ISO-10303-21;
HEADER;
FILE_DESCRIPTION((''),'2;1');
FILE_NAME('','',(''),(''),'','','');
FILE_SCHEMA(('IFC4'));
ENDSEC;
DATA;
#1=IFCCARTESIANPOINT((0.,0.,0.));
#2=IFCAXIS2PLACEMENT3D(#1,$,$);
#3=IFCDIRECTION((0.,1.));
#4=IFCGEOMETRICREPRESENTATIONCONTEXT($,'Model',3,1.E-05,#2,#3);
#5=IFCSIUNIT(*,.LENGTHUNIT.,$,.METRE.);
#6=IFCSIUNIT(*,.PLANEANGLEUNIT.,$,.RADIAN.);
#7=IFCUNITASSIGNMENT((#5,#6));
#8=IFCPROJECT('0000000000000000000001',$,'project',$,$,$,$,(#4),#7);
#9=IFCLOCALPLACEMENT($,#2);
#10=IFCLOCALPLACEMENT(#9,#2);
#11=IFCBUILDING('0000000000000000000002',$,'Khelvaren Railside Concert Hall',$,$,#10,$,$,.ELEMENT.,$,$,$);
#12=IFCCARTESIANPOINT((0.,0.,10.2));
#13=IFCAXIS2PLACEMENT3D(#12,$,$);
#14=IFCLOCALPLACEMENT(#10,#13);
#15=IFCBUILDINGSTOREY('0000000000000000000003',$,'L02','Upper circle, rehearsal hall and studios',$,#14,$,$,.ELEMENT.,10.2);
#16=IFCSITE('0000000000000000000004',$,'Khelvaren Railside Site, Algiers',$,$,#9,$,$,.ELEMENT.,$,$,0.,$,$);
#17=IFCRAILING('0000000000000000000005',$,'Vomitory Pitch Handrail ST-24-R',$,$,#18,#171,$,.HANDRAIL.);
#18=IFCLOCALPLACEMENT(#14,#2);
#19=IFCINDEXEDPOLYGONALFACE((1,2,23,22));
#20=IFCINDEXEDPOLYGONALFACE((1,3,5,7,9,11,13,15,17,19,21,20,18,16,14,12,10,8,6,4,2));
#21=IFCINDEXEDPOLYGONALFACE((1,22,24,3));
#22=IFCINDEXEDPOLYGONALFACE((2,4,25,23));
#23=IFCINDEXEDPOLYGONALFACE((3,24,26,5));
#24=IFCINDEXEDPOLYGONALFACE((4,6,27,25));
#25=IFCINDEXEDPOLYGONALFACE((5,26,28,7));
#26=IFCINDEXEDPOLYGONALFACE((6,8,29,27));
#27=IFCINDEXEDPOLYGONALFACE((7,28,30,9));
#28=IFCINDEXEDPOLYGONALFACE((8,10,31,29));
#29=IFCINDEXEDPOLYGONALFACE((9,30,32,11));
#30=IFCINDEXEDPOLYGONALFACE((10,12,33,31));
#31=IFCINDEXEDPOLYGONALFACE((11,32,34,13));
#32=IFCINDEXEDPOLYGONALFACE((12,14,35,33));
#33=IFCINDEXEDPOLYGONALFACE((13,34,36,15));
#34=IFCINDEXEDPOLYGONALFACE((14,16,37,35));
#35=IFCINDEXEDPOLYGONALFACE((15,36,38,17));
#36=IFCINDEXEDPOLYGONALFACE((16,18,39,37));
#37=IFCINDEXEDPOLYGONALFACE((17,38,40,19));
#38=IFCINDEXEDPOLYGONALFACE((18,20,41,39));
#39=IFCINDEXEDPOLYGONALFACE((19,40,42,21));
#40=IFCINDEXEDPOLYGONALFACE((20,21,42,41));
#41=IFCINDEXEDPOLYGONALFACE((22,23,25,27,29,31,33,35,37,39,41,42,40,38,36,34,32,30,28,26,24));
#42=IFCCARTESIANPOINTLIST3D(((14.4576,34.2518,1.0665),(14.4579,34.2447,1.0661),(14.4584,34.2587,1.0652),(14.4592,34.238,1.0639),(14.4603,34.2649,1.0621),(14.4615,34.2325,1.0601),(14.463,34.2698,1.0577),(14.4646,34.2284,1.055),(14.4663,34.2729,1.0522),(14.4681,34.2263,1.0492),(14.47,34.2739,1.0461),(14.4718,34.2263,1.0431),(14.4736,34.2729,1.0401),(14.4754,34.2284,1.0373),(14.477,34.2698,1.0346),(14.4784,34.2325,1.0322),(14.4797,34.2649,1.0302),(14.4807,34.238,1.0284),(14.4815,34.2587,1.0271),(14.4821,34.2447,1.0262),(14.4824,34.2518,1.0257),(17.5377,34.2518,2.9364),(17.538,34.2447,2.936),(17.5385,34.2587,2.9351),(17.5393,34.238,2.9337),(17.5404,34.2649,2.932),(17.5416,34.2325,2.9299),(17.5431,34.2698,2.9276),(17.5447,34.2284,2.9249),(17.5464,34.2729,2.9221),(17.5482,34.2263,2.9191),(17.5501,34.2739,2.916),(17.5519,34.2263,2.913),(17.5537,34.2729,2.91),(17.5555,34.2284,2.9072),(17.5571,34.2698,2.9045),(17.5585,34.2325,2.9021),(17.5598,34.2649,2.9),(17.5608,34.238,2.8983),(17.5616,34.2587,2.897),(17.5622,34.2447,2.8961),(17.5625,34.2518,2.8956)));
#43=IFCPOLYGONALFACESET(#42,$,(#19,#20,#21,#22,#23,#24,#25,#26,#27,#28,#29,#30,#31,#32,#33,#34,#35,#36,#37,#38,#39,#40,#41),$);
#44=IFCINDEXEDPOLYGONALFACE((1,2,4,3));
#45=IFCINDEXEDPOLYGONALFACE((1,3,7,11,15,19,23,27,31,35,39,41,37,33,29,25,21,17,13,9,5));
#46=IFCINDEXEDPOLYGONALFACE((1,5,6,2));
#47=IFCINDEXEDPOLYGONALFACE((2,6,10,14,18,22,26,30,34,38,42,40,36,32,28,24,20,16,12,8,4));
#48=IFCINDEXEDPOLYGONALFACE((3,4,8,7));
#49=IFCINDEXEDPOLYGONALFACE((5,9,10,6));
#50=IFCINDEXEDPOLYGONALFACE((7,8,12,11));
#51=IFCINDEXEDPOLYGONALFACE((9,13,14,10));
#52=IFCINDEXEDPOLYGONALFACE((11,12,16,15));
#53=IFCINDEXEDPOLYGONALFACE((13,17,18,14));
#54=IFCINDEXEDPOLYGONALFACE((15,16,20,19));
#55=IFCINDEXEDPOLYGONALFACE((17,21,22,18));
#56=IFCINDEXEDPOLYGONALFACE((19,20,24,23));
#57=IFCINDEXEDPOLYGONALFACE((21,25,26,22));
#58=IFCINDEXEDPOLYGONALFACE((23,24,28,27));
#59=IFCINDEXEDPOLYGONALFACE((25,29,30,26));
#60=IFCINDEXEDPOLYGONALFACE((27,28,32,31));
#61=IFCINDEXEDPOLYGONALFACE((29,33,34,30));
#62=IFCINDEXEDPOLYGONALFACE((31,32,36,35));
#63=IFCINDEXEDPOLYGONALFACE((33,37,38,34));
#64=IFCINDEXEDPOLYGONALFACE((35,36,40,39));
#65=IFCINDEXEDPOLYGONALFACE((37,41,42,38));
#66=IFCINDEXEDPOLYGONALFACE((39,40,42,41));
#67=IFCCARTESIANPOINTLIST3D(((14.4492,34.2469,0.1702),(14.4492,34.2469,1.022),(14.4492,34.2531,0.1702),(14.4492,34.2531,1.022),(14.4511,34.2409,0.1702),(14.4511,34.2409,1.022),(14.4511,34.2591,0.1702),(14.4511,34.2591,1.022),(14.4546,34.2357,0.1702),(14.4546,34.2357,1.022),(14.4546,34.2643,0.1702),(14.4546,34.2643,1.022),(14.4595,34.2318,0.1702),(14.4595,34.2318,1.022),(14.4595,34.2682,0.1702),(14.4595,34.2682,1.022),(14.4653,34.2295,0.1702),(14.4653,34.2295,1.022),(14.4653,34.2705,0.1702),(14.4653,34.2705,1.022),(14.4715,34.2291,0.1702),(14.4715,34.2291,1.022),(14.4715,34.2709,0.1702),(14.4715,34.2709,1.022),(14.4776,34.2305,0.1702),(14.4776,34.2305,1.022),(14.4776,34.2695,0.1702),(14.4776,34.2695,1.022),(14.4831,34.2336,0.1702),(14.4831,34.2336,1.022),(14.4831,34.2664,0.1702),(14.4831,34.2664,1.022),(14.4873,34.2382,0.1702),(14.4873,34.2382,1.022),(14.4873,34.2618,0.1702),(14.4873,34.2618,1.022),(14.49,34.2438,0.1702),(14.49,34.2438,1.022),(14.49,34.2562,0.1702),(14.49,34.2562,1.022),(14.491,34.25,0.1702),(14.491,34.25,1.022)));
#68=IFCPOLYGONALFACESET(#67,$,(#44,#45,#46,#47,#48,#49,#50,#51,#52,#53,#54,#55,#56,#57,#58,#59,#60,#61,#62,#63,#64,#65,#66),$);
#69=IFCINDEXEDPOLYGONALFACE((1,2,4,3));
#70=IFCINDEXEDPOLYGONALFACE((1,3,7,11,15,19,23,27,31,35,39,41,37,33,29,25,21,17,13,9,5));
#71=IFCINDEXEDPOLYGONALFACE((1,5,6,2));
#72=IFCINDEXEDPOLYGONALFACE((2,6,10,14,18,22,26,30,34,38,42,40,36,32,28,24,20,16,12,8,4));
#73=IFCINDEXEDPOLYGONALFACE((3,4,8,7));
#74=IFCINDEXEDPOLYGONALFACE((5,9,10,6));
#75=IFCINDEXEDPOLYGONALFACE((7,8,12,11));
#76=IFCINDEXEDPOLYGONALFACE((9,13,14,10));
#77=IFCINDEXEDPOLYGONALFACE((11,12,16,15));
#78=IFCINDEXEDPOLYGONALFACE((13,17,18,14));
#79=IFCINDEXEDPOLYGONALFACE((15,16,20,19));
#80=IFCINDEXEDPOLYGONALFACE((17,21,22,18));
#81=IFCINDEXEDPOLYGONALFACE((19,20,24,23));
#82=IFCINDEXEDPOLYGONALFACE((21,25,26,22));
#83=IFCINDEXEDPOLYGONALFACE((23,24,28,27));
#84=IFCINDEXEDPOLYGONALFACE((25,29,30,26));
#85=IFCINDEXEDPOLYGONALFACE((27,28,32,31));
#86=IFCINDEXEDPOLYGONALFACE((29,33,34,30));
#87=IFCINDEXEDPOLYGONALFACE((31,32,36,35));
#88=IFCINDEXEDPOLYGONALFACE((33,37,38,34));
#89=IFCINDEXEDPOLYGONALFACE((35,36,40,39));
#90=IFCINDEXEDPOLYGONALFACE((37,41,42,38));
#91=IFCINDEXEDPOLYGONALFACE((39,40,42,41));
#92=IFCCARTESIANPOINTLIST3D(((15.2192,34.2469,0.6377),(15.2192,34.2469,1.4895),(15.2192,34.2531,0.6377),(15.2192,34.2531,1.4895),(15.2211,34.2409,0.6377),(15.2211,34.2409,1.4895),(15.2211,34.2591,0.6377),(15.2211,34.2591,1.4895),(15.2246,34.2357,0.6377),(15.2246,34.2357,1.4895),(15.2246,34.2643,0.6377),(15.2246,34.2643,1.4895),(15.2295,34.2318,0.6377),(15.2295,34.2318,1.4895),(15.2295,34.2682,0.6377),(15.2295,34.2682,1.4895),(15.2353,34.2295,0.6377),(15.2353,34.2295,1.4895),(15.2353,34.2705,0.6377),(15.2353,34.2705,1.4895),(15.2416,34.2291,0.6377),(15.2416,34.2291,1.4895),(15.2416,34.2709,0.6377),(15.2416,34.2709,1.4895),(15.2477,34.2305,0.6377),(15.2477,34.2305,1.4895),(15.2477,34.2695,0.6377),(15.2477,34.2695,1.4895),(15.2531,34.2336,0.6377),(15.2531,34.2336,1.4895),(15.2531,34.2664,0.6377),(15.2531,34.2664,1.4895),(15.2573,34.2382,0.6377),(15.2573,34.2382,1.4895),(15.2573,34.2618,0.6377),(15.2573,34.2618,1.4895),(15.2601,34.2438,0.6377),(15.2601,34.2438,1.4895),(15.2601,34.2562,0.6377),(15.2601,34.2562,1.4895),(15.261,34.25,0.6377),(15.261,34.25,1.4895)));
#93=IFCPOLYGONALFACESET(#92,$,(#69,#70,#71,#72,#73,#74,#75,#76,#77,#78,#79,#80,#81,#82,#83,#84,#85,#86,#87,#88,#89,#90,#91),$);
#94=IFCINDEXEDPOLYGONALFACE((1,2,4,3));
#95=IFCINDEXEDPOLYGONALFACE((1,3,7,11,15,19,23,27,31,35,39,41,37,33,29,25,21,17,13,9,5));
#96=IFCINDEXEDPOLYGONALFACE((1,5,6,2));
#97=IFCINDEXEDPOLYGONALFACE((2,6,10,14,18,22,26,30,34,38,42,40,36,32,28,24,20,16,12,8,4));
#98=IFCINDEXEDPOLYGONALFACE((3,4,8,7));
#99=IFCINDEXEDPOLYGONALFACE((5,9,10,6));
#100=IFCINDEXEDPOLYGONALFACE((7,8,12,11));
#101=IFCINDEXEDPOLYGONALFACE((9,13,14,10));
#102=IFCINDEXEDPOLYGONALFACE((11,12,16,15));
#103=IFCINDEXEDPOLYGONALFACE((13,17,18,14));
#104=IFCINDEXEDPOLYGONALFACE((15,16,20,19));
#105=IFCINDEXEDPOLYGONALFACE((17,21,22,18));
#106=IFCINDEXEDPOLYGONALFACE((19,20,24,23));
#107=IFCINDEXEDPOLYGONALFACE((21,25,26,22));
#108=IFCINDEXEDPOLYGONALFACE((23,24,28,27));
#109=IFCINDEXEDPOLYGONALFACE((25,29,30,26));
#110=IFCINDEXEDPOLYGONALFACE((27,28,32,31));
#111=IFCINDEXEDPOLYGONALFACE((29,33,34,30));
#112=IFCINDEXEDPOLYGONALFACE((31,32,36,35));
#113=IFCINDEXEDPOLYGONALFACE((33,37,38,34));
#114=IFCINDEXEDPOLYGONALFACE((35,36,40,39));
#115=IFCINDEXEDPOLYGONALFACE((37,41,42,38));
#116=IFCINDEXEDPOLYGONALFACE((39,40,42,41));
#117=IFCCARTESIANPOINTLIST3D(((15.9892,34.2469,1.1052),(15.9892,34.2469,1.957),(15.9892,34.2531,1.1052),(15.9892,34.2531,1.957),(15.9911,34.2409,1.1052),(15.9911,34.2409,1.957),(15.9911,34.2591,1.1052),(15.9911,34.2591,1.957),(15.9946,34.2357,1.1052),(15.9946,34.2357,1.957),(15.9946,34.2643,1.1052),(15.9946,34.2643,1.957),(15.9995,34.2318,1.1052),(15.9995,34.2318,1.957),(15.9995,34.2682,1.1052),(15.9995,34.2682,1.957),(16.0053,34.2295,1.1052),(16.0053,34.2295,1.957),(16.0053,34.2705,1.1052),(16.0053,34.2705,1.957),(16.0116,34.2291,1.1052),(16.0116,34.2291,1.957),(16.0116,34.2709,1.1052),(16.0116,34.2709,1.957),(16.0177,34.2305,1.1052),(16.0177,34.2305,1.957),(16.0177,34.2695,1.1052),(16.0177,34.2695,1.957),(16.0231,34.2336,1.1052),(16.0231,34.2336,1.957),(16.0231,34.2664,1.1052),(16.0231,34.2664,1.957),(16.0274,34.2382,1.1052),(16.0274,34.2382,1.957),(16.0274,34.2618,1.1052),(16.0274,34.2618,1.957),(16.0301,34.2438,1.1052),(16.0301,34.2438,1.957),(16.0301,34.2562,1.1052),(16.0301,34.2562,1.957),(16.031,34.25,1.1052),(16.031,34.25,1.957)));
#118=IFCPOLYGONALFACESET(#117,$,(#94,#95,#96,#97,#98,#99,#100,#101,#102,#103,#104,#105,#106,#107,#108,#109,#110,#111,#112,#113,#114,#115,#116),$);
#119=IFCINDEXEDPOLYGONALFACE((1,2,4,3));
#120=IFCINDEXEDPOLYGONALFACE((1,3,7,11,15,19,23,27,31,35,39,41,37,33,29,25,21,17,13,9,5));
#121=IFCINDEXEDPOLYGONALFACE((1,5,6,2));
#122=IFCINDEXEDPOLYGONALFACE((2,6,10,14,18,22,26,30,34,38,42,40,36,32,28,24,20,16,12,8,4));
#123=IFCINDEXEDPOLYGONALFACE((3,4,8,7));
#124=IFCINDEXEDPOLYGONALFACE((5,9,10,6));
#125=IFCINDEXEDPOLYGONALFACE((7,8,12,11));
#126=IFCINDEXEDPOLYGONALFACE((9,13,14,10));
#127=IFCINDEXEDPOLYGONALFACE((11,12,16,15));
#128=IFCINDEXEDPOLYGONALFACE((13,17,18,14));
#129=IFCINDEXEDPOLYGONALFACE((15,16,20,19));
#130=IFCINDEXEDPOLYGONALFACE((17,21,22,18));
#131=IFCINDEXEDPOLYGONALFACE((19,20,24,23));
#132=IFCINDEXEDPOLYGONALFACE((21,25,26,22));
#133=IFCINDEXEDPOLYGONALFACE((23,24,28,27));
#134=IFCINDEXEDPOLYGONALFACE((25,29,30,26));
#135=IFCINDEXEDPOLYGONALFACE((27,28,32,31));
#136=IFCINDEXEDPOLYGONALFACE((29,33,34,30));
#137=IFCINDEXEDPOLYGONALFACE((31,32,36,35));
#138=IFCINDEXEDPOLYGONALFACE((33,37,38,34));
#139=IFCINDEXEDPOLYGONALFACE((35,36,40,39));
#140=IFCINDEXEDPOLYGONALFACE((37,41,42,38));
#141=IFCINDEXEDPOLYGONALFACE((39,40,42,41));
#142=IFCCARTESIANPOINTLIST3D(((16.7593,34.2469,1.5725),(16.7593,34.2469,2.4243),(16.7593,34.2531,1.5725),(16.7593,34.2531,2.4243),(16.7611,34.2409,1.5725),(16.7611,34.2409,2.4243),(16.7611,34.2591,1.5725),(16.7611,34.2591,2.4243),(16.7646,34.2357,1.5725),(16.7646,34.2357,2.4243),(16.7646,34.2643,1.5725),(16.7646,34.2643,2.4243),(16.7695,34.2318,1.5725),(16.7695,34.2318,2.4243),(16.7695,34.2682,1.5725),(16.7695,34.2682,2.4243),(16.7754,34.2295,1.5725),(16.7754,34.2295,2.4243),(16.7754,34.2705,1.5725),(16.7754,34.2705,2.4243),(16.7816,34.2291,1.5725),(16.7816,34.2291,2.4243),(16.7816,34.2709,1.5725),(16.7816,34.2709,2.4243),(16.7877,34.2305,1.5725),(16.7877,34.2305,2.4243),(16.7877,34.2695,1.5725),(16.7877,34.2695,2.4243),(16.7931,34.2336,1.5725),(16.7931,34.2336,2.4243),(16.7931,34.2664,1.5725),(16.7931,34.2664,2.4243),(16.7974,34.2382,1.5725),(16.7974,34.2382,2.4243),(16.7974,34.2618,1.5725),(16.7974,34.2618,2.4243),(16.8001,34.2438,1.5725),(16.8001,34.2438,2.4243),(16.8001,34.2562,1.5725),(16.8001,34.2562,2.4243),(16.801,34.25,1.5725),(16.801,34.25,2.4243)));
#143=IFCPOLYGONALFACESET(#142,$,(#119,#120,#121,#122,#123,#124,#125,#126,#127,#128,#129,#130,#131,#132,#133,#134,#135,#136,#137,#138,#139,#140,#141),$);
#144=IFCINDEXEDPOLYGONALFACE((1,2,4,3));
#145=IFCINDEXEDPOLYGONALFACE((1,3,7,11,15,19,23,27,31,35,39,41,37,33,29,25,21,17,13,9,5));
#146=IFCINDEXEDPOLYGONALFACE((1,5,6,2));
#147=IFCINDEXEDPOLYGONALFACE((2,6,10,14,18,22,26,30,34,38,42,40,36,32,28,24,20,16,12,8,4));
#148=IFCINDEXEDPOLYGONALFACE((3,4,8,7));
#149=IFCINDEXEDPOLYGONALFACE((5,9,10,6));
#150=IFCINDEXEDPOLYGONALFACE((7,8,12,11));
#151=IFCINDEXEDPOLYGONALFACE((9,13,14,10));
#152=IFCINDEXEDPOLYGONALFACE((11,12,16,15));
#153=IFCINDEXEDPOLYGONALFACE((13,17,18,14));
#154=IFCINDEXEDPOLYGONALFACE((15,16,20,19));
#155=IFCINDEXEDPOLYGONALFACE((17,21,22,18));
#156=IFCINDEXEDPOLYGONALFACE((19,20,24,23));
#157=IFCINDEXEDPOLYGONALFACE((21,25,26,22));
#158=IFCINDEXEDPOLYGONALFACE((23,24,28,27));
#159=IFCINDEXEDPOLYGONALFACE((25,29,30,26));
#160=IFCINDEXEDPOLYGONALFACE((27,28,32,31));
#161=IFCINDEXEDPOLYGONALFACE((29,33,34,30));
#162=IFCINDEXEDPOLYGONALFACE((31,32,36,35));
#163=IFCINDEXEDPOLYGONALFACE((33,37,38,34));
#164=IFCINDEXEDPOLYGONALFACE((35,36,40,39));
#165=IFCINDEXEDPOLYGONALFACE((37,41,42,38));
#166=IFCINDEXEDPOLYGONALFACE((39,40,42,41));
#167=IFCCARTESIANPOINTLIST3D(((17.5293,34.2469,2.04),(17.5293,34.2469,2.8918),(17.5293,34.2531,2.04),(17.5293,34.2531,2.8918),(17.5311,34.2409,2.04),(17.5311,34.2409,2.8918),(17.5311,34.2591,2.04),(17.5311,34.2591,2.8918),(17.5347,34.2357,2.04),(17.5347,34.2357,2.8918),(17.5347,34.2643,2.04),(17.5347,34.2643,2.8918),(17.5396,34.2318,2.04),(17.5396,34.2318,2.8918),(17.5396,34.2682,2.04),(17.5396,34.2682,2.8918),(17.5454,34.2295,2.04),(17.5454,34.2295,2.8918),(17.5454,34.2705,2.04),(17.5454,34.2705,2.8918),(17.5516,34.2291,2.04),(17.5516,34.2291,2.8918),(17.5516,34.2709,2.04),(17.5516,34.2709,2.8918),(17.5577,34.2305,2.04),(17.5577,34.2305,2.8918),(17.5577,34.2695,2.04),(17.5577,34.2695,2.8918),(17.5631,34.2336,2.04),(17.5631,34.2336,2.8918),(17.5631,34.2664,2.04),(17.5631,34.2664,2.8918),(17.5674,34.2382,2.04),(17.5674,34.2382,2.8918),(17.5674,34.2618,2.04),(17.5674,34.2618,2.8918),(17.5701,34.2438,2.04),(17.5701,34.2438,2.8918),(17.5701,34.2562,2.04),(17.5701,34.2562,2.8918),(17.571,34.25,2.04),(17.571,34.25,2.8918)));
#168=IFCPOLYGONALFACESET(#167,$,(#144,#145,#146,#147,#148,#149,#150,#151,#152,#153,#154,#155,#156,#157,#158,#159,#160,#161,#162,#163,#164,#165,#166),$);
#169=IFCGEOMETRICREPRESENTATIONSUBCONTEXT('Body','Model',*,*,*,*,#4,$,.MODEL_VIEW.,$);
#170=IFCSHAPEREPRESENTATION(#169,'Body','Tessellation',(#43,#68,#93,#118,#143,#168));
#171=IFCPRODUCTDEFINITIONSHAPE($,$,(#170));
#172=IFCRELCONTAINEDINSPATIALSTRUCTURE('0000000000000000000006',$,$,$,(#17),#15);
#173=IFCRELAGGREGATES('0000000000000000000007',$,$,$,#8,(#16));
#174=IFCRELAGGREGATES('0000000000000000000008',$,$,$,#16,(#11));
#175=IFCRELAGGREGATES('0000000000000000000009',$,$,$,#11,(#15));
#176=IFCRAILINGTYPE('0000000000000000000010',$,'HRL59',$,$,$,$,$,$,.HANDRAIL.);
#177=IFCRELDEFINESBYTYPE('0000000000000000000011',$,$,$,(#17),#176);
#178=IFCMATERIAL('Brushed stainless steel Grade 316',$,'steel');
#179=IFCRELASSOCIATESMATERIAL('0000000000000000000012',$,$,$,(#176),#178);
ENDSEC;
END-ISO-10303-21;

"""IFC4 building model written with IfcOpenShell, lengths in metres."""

from ifc_helpers import new_model, si_unit, direction, frame, origin, origin_2d, place, context, subcontext, project, spatial, circle, extrude, material, type_object, element, save


model = new_model("IFC4")

# Units and contexts
model_context = context("Model", 3, precision=1e-05, world=origin(), true_north=direction((0.0, 1.0)))
body_context = subcontext(model_context, "Body", "Model", "MODEL_VIEW")
ifc_project = project(units=[si_unit("LENGTHUNIT", "METRE"), si_unit("PLANEANGLEUNIT", "RADIAN")], contexts=[model_context])

# Site, building, storey
site_placement = place(None, origin())
site = spatial("IfcSite", under=ifc_project, at=site_placement, Name="Khelvaren Railside Site, Algiers", CompositionType="ELEMENT", RefElevation=0.0)
building_placement = place(site_placement, origin())
building = spatial("IfcBuilding", under=site, at=building_placement, Name="Khelvaren Railside Concert Hall", CompositionType="ELEMENT")
storey_placement = place(building_placement, frame((0.0, 0.0, 10.2)))
storey = spatial("IfcBuildingStorey", under=building, at=storey_placement, Name="L02", Description="Upper circle, rehearsal hall and studios", CompositionType="ELEMENT", Elevation=10.2)

# Railing
ifc_material_1 = material(Name="Brushed stainless steel Grade 316", Category="steel")
railing_type_1 = type_object("IfcRailingType", Name="HRL59", PredefinedType="HANDRAIL", material=ifc_material_1)
for number, where, name in (
    (1, (14.47, 34.25, 0.1702), "Vomitory Pitch Handrail ST-24-R"),
):
    element("IfcRailing", number, at=place(storey_placement, frame(where)), inside=storey, type_object=railing_type_1, Name=name, PredefinedType="HANDRAIL", context=body_context, shape_type="SweptSolid", body=[
        extrude(circle(Radius=0.0239, at=origin_2d()), frame((0.0, 0.0, 0.876), z_axis=(0.854809, 0.0, 0.518943), x_axis=(0.0, 1.0, 0.0)), (0.0, 0.0, 1.0), 3.6033),
        extrude(circle(Radius=0.021, at=origin_2d()), origin(), (0.0, 0.0, 1.0), 0.8518),
        extrude(circle(Radius=0.021, at=origin_2d()), frame((0.77, 0.0, 0.4675)), (0.0, 0.0, 1.0), 0.8518),
        extrude(circle(Radius=0.021, at=origin_2d()), frame((1.54, 0.0, 0.9351)), (0.0, 0.0, 1.0), 0.8518),
        extrude(circle(Radius=0.021, at=origin_2d()), frame((2.3101, 0.0, 1.4023)), (0.0, 0.0, 1.0), 0.8518),
        extrude(circle(Radius=0.021, at=origin_2d()), frame((3.0801, 0.0, 1.8699)), (0.0, 0.0, 1.0), 0.8518),
    ])

save(model, "model.ifc")
